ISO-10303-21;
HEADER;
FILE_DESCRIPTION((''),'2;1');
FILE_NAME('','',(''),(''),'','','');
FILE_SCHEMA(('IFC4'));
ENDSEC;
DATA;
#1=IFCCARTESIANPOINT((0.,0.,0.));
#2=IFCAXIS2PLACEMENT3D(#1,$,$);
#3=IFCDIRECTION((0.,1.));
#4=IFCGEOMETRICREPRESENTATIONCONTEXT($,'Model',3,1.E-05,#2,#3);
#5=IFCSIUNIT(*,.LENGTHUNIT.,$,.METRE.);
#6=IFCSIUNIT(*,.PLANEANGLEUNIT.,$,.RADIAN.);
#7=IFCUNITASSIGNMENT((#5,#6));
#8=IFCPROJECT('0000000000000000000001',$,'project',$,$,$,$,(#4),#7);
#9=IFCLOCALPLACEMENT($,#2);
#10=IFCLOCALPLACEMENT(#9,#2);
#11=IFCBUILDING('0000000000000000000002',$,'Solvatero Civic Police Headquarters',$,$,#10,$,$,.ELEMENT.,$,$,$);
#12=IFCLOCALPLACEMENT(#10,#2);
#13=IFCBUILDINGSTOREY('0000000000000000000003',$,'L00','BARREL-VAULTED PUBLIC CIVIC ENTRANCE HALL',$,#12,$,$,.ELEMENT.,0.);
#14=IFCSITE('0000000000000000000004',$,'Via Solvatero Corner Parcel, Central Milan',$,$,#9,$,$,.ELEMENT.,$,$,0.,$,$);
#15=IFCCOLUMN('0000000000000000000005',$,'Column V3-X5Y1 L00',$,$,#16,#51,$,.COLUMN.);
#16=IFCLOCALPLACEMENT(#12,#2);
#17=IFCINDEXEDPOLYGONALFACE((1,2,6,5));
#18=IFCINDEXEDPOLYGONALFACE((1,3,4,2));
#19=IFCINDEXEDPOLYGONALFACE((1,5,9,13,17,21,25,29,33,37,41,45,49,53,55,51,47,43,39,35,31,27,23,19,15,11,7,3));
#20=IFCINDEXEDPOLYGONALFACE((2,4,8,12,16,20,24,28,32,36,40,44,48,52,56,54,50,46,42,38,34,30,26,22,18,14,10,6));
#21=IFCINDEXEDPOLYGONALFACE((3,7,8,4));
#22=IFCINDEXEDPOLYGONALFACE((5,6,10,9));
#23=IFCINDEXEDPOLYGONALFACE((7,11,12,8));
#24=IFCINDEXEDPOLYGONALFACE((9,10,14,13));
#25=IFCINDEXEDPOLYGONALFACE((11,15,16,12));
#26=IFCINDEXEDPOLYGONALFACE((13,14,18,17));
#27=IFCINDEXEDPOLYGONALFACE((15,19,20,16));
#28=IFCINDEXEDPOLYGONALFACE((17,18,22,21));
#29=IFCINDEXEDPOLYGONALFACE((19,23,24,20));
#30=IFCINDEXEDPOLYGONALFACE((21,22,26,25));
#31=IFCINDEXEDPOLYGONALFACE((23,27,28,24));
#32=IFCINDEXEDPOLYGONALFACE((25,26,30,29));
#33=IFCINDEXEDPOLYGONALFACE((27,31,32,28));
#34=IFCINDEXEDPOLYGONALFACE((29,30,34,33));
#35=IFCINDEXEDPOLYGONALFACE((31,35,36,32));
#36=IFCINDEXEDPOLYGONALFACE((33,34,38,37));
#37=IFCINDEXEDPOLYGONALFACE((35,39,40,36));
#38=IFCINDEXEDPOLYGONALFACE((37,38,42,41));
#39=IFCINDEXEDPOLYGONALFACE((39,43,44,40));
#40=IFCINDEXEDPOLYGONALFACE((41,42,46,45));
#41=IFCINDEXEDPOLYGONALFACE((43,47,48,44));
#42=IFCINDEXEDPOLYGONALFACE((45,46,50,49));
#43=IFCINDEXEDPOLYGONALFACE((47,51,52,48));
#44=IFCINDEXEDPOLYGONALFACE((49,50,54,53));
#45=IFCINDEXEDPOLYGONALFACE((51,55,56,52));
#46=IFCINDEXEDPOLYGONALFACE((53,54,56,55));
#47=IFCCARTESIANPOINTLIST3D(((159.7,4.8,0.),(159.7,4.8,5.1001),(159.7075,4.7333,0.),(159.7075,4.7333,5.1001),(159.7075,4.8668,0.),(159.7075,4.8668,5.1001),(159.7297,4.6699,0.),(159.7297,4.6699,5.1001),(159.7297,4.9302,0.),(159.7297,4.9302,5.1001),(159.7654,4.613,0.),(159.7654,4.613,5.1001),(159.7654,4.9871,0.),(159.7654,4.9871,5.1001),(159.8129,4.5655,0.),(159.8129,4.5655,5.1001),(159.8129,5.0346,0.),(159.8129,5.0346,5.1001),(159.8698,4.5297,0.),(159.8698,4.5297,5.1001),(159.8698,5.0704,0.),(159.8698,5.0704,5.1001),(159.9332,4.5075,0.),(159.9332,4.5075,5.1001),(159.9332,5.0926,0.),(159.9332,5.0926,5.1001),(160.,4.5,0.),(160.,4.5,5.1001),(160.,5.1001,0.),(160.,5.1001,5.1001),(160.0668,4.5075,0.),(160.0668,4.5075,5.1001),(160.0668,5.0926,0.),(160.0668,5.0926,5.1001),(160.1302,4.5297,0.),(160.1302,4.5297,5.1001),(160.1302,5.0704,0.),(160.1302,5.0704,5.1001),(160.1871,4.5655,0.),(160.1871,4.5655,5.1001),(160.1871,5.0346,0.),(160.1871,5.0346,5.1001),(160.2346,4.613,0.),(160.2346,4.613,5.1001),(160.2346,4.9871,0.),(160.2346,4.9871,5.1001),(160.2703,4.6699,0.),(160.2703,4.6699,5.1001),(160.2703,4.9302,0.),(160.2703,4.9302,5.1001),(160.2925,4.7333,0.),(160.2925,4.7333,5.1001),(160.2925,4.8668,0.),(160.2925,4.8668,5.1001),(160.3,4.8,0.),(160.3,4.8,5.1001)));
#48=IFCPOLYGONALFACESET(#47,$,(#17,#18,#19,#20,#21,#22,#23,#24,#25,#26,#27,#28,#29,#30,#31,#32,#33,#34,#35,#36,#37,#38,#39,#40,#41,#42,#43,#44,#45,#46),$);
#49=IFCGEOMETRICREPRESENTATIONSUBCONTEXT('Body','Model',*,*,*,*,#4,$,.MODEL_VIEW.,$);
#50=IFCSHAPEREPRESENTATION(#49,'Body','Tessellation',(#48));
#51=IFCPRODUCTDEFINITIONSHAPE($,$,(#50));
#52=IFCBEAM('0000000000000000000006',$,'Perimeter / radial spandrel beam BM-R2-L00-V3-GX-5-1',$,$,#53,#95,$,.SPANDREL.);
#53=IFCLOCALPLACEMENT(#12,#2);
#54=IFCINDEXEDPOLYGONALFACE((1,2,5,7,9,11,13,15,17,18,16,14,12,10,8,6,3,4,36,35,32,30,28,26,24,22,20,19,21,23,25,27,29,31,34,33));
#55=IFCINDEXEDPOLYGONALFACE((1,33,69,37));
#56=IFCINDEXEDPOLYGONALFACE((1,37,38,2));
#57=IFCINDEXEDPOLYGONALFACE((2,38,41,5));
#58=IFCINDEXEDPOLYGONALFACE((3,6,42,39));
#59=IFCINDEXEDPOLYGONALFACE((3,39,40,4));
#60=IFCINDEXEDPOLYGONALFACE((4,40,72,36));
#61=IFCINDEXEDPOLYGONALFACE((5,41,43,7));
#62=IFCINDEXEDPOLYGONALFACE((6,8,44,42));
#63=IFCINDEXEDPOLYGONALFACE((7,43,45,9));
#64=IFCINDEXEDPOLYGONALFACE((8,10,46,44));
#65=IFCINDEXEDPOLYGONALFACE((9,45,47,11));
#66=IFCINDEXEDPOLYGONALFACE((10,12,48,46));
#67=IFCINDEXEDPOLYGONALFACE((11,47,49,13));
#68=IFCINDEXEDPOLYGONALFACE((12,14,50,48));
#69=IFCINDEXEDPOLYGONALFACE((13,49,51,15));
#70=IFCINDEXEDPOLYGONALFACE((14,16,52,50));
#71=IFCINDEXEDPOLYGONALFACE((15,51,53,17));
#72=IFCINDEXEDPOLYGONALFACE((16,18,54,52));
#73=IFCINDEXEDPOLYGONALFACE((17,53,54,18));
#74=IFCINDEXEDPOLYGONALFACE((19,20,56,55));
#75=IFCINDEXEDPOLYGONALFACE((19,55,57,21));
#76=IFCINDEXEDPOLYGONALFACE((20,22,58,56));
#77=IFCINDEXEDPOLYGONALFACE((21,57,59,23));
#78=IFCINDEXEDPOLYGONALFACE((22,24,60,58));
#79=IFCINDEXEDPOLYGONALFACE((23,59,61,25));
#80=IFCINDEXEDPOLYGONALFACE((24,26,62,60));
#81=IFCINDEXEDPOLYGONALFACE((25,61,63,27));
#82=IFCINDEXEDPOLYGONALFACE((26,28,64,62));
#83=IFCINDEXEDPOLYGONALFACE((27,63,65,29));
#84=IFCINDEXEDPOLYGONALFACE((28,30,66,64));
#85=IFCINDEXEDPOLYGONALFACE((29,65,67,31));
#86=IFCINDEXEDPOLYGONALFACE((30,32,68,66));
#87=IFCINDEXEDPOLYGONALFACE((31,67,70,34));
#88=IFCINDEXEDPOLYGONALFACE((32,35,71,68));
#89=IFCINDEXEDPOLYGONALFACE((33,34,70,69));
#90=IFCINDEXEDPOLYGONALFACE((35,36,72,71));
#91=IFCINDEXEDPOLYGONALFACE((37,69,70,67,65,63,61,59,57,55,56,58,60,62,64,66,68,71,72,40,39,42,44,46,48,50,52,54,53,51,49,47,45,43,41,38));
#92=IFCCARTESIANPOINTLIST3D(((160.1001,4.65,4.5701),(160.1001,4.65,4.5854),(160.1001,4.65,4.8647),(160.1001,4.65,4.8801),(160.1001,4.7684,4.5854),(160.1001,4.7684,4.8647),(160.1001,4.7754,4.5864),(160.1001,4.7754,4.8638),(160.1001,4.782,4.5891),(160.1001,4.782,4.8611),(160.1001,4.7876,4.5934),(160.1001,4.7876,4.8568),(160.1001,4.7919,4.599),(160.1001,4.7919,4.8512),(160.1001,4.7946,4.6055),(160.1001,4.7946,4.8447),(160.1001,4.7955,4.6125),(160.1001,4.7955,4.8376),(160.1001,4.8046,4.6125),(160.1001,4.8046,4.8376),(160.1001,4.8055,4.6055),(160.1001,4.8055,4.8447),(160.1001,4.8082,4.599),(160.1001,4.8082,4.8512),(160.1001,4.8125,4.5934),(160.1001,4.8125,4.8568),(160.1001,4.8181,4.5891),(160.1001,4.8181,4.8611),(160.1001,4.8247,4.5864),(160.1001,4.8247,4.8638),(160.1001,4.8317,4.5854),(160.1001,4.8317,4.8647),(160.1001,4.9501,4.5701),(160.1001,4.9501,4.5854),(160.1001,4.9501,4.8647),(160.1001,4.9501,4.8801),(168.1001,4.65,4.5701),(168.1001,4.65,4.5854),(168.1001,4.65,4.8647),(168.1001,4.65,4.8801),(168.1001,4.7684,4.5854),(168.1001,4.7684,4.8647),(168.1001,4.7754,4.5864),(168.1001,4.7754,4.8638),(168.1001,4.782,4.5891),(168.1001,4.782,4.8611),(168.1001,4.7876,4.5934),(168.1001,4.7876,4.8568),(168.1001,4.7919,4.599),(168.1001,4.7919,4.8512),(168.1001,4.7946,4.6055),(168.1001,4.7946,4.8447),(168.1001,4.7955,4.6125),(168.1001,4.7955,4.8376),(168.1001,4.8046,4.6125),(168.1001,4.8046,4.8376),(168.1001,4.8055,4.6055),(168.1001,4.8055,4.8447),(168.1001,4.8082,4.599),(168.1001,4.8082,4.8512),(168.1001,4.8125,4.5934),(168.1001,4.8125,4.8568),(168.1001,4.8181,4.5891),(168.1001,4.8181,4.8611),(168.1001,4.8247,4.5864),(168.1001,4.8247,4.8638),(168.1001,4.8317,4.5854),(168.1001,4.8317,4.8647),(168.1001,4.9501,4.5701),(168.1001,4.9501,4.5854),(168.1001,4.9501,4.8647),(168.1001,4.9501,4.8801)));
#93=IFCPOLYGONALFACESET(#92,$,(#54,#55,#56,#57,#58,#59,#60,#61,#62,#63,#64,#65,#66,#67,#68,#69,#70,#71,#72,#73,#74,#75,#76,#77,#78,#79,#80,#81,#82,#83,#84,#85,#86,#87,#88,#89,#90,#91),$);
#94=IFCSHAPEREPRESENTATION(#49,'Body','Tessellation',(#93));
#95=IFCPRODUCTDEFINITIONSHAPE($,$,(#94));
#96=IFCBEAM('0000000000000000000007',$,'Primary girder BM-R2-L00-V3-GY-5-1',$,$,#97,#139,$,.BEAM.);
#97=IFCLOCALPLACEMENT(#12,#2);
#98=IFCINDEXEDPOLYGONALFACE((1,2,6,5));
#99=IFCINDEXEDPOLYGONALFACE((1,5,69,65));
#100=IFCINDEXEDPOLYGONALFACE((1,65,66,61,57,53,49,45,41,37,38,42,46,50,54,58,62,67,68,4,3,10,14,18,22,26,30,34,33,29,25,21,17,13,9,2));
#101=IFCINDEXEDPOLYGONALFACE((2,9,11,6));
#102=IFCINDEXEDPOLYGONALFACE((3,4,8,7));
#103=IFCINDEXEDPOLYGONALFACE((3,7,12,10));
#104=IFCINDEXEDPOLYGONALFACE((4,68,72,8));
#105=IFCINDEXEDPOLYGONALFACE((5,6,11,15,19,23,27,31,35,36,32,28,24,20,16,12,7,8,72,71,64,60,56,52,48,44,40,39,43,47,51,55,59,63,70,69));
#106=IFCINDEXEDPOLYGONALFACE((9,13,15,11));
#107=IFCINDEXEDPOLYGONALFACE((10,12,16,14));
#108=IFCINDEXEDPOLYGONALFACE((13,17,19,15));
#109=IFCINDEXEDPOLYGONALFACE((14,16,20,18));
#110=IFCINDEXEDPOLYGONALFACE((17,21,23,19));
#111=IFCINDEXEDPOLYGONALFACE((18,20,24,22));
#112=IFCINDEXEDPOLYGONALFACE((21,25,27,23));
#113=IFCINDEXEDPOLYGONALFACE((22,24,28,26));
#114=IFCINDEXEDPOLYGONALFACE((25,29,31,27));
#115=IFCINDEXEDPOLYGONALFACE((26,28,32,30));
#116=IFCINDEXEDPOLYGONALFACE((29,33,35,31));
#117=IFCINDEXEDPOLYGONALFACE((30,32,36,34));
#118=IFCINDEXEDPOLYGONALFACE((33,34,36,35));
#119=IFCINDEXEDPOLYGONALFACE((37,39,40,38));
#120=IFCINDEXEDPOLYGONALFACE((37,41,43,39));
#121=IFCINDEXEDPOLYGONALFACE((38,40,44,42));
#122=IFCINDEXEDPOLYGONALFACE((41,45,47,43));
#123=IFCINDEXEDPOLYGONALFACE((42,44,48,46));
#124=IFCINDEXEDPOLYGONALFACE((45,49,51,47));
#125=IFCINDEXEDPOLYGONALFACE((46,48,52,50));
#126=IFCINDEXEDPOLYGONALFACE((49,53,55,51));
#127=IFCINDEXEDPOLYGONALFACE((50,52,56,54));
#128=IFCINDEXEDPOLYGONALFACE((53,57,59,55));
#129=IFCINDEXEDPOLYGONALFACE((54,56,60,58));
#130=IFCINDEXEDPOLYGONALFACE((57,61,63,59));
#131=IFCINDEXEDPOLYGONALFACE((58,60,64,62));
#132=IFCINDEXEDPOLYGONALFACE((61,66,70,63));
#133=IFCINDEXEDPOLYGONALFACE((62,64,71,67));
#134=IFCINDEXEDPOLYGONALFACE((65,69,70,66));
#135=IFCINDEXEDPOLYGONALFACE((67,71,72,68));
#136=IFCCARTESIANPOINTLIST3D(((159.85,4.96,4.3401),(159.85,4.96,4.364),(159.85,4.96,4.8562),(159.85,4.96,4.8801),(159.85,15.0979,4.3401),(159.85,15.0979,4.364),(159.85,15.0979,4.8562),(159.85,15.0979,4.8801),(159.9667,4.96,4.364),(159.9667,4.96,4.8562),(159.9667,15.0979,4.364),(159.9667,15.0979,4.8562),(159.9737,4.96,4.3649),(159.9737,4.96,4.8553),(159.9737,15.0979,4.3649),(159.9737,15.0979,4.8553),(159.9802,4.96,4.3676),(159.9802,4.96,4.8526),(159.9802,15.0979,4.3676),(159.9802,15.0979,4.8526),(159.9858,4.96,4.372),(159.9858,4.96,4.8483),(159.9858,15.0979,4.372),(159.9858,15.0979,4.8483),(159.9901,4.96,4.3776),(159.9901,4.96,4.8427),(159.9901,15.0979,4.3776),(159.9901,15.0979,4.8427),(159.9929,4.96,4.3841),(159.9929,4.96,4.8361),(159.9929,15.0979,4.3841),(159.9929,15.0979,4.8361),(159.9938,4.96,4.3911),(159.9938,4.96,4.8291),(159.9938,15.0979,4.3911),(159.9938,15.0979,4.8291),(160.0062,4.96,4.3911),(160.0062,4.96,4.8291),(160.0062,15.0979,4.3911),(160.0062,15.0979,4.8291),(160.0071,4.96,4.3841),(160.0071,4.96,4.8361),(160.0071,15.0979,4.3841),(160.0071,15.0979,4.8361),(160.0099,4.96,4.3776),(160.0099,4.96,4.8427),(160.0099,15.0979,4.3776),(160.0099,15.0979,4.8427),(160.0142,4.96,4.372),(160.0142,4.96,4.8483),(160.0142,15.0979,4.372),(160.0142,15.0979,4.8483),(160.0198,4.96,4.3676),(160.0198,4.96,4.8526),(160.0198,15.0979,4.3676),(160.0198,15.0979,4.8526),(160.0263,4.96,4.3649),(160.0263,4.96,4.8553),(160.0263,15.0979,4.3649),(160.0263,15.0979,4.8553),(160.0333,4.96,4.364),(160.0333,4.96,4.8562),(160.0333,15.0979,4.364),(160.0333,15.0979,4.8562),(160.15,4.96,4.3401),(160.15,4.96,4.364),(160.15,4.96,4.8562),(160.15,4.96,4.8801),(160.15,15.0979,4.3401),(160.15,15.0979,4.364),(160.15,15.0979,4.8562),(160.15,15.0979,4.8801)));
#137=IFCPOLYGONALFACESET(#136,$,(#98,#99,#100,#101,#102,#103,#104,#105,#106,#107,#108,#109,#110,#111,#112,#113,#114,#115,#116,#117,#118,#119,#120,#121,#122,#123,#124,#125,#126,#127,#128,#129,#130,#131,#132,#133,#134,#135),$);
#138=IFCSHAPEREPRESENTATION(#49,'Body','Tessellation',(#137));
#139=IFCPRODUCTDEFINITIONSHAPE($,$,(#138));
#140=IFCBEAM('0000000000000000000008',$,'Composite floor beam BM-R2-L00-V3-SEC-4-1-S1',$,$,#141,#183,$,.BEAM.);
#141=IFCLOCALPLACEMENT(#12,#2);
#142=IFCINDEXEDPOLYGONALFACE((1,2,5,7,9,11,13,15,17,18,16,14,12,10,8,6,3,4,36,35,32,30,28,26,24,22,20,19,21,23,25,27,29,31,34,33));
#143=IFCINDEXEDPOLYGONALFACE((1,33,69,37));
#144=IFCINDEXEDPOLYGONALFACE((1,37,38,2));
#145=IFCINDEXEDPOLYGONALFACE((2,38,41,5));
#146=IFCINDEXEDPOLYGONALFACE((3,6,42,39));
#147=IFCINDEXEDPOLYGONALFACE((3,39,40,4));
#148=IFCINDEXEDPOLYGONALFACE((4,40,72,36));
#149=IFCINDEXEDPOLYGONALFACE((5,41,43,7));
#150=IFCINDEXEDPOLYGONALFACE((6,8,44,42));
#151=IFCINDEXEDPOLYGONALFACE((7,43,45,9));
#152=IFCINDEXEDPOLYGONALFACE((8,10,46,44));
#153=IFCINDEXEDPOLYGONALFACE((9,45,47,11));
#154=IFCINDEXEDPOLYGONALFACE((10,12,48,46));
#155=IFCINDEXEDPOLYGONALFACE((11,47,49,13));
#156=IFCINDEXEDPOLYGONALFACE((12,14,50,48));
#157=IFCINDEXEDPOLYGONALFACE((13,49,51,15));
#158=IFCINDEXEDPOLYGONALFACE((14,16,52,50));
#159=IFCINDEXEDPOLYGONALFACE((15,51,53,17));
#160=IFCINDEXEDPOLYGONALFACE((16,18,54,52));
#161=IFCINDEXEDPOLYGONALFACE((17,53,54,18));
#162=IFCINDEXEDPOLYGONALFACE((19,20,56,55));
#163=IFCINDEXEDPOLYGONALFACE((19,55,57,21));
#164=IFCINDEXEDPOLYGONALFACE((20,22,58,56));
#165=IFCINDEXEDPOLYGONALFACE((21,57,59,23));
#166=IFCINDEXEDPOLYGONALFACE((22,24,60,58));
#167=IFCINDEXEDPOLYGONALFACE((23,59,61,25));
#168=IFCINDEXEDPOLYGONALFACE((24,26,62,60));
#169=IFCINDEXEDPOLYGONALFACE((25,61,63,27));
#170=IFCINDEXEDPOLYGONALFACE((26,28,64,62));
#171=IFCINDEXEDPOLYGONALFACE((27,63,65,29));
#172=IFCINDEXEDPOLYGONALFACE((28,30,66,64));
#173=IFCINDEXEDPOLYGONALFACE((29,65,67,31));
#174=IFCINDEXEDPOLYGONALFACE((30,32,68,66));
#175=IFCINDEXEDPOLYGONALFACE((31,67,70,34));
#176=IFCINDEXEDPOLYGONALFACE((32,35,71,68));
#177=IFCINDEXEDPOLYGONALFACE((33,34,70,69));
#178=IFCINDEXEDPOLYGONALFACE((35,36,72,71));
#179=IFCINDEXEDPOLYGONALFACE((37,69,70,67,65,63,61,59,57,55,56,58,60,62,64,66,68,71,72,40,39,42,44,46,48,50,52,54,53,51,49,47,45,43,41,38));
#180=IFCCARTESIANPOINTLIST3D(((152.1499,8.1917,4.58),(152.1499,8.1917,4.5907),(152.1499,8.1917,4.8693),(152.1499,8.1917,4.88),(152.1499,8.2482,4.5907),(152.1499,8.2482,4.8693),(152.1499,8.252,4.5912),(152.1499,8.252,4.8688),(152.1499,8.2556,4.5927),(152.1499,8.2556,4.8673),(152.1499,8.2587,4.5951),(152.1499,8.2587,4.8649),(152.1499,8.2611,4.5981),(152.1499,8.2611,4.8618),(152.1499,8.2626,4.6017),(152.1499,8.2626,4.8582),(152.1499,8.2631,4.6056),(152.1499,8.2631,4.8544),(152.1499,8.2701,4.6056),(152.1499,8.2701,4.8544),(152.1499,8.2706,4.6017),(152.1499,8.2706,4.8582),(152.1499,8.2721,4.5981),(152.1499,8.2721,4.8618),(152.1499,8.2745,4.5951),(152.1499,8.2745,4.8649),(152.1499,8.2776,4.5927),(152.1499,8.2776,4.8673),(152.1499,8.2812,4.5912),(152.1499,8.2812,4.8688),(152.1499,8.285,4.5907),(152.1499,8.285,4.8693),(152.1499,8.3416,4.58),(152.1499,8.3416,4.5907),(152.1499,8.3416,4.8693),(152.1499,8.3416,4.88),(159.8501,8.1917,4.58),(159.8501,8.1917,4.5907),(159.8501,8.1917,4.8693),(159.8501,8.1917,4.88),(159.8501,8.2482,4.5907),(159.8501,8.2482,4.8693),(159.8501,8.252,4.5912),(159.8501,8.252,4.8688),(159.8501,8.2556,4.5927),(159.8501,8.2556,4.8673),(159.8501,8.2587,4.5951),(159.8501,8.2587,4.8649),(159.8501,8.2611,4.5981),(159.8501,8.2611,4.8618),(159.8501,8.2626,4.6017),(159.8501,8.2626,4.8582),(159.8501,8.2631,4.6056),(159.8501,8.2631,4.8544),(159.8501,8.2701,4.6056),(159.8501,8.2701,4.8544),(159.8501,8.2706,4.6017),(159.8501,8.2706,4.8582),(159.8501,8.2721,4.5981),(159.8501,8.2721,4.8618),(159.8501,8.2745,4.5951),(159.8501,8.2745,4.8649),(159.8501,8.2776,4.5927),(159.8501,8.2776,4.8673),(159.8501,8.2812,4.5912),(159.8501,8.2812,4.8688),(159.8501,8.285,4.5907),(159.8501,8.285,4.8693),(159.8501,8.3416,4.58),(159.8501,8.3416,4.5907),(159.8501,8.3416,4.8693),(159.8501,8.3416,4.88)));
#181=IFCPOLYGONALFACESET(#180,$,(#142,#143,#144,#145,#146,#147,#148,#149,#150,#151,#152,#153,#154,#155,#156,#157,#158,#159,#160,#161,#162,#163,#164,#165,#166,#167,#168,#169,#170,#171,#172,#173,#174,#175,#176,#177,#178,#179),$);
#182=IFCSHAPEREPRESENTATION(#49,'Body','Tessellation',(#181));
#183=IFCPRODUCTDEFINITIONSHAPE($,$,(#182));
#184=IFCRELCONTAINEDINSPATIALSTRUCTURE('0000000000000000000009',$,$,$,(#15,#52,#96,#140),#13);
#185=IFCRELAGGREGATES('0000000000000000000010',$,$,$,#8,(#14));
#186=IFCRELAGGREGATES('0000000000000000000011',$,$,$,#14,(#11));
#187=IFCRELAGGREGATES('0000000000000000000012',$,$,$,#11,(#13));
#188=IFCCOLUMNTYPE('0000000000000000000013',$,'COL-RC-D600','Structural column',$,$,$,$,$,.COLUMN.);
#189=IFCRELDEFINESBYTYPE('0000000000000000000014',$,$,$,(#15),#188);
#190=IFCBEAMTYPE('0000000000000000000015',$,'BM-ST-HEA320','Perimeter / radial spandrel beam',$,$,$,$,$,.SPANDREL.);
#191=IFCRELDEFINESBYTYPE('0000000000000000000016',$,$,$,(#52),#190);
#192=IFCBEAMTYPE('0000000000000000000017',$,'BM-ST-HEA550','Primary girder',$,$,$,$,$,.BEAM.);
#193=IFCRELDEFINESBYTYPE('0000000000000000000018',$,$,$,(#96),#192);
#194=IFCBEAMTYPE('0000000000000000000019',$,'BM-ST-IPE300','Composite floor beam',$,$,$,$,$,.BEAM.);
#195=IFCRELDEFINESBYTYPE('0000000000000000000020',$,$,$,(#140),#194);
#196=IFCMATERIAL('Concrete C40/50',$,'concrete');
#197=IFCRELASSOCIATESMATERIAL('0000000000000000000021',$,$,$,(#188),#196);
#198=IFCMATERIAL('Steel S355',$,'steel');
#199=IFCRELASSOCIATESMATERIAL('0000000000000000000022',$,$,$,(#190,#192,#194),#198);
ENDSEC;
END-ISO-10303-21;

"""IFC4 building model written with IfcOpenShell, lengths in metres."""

from ifc_helpers import new_model, si_unit, direction, frame, origin, origin_2d, place, context, subcontext, project, spatial, circle, i_section, extrude, material, material_profile, profile_set, type_object, element, save


model = new_model("IFC4")

# Units and contexts
model_context = context("Model", 3, precision=1e-05, world=origin(), true_north=direction((0.0, 1.0)))
body_context = subcontext(model_context, "Body", "Model", "MODEL_VIEW")
ifc_project = project(units=[si_unit("LENGTHUNIT", "METRE"), si_unit("PLANEANGLEUNIT", "RADIAN")], contexts=[model_context])

# Site, building, storey
site_placement = place(None, origin())
site = spatial("IfcSite", under=ifc_project, at=site_placement, Name="Via Solvatero Corner Parcel, Central Milan", CompositionType="ELEMENT", RefElevation=0.0)
building_placement = place(site_placement, origin())
building = spatial("IfcBuilding", under=site, at=building_placement, Name="Solvatero Civic Police Headquarters", CompositionType="ELEMENT")
storey_placement = place(building_placement, origin())
storey = spatial("IfcBuildingStorey", under=building, at=storey_placement, Name="L00", Description="BARREL-VAULTED PUBLIC CIVIC ENTRANCE HALL", CompositionType="ELEMENT", Elevation=0.0)

# Column
ifc_material_1 = material(Name="Concrete C40/50", Category="concrete")
ifc_material_profile_1 = material_profile(ifc_material_1, circle(Radius=0.3, at=origin_2d()), Name="RC COL D600")
ifc_profile_set_1 = profile_set([ifc_material_profile_1], Name="Concrete C40/50")
column_type = type_object("IfcColumnType", Name="COL-RC-D600", Description="Structural column", PredefinedType="COLUMN", material=ifc_profile_set_1)
column_placement = place(storey_placement, frame((160.0, 4.8, 0.0), z_axis=(0.0, 0.0, 1.0), x_axis=(1.0, 0.0, 0.0)))
element("IfcColumn", 1, at=column_placement, inside=storey, type_object=column_type, Name="Column V3-X5Y1 L00", PredefinedType="COLUMN", context=body_context, shape_type="SweptSolid", body=[
    extrude(circle(Radius=0.3, at=origin_2d()), origin(), (0.0, 0.0, 1.0), 5.1001),
])

# Beams
ifc_material_2 = material(Name="Steel S355", Category="steel")
ifc_material_profile_2 = material_profile(ifc_material_2, i_section(OverallWidth=0.3, OverallDepth=0.3101, WebThickness=0.009, FlangeThickness=0.0154, FilletRadius=0.0271, at=origin_2d()), Name="HEA 320")
ifc_profile_set_2 = profile_set([ifc_material_profile_2], Name="Steel S355")
beam_type_1 = type_object("IfcBeamType", Name="BM-ST-HEA320", Description="Perimeter / radial spandrel beam", PredefinedType="SPANDREL", material=ifc_profile_set_2)
beam_1_placement = place(storey_placement, frame((160.1001, 4.8, 4.7251), z_axis=(1.0, 0.0, 0.0), x_axis=(0.0, 1.0, 0.0)))
element("IfcBeam", 2, at=beam_1_placement, inside=storey, type_object=beam_type_1, Name="Perimeter / radial spandrel beam BM-R2-L00-V3-GX-5-1", PredefinedType="SPANDREL", context=body_context, shape_type="SweptSolid", body=[
    extrude(i_section(OverallWidth=0.3, OverallDepth=0.3101, WebThickness=0.009, FlangeThickness=0.0154, FilletRadius=0.0271, at=origin_2d()), origin(), (0.0, 0.0, 1.0), 8.0),
])
ifc_material_profile_3 = material_profile(ifc_material_2, i_section(OverallWidth=0.3, OverallDepth=0.54, WebThickness=0.0125, FlangeThickness=0.0239, FilletRadius=0.0271, at=origin_2d()), Name="HEA 550")
ifc_profile_set_3 = profile_set([ifc_material_profile_3], Name="Steel S355")
beam_type_2 = type_object("IfcBeamType", Name="BM-ST-HEA550", Description="Primary girder", PredefinedType="BEAM", material=ifc_profile_set_3)
beam_2_placement = place(storey_placement, frame((160.0, 4.96, 4.6101), z_axis=(0.0, 1.0, 0.0), x_axis=(-1.0, 0.0, 0.0)))
element("IfcBeam", 3, at=beam_2_placement, inside=storey, type_object=beam_type_2, Name="Primary girder BM-R2-L00-V3-GY-5-1", PredefinedType="BEAM", context=body_context, shape_type="SweptSolid", body=[
    extrude(i_section(OverallWidth=0.3, OverallDepth=0.54, WebThickness=0.0125, FlangeThickness=0.0239, FilletRadius=0.0271, at=origin_2d()), origin(), (0.0, 0.0, 1.0), 10.1379),
])
ifc_material_profile_4 = material_profile(ifc_material_2, i_section(OverallWidth=0.1499, OverallDepth=0.3, WebThickness=0.0071, FlangeThickness=0.0107, FilletRadius=0.0149, at=origin_2d()), Name="IPE 300")
ifc_profile_set_4 = profile_set([ifc_material_profile_4], Name="Steel S355")
beam_type_3 = type_object("IfcBeamType", Name="BM-ST-IPE300", Description="Composite floor beam", PredefinedType="BEAM", material=ifc_profile_set_4)
for number, where, z_axis, x_axis, name in (
    (4, (152.1499, 8.2666, 4.73), (1.0, 0.0, 0.0), (0.0, 1.0, 0.0), "Composite floor beam BM-R2-L00-V3-SEC-4-1-S1"),
):
    element("IfcBeam", number, at=place(storey_placement, frame(where, z_axis=z_axis, x_axis=x_axis)), inside=storey, type_object=beam_type_3, Name=name, PredefinedType="BEAM", context=body_context, shape_type="SweptSolid", body=[
        extrude(i_section(OverallWidth=0.1499, OverallDepth=0.3, WebThickness=0.0071, FlangeThickness=0.0107, FilletRadius=0.0149, at=origin_2d()), origin(), (0.0, 0.0, 1.0), 7.7002),
    ])

save(model, "model.ifc")
